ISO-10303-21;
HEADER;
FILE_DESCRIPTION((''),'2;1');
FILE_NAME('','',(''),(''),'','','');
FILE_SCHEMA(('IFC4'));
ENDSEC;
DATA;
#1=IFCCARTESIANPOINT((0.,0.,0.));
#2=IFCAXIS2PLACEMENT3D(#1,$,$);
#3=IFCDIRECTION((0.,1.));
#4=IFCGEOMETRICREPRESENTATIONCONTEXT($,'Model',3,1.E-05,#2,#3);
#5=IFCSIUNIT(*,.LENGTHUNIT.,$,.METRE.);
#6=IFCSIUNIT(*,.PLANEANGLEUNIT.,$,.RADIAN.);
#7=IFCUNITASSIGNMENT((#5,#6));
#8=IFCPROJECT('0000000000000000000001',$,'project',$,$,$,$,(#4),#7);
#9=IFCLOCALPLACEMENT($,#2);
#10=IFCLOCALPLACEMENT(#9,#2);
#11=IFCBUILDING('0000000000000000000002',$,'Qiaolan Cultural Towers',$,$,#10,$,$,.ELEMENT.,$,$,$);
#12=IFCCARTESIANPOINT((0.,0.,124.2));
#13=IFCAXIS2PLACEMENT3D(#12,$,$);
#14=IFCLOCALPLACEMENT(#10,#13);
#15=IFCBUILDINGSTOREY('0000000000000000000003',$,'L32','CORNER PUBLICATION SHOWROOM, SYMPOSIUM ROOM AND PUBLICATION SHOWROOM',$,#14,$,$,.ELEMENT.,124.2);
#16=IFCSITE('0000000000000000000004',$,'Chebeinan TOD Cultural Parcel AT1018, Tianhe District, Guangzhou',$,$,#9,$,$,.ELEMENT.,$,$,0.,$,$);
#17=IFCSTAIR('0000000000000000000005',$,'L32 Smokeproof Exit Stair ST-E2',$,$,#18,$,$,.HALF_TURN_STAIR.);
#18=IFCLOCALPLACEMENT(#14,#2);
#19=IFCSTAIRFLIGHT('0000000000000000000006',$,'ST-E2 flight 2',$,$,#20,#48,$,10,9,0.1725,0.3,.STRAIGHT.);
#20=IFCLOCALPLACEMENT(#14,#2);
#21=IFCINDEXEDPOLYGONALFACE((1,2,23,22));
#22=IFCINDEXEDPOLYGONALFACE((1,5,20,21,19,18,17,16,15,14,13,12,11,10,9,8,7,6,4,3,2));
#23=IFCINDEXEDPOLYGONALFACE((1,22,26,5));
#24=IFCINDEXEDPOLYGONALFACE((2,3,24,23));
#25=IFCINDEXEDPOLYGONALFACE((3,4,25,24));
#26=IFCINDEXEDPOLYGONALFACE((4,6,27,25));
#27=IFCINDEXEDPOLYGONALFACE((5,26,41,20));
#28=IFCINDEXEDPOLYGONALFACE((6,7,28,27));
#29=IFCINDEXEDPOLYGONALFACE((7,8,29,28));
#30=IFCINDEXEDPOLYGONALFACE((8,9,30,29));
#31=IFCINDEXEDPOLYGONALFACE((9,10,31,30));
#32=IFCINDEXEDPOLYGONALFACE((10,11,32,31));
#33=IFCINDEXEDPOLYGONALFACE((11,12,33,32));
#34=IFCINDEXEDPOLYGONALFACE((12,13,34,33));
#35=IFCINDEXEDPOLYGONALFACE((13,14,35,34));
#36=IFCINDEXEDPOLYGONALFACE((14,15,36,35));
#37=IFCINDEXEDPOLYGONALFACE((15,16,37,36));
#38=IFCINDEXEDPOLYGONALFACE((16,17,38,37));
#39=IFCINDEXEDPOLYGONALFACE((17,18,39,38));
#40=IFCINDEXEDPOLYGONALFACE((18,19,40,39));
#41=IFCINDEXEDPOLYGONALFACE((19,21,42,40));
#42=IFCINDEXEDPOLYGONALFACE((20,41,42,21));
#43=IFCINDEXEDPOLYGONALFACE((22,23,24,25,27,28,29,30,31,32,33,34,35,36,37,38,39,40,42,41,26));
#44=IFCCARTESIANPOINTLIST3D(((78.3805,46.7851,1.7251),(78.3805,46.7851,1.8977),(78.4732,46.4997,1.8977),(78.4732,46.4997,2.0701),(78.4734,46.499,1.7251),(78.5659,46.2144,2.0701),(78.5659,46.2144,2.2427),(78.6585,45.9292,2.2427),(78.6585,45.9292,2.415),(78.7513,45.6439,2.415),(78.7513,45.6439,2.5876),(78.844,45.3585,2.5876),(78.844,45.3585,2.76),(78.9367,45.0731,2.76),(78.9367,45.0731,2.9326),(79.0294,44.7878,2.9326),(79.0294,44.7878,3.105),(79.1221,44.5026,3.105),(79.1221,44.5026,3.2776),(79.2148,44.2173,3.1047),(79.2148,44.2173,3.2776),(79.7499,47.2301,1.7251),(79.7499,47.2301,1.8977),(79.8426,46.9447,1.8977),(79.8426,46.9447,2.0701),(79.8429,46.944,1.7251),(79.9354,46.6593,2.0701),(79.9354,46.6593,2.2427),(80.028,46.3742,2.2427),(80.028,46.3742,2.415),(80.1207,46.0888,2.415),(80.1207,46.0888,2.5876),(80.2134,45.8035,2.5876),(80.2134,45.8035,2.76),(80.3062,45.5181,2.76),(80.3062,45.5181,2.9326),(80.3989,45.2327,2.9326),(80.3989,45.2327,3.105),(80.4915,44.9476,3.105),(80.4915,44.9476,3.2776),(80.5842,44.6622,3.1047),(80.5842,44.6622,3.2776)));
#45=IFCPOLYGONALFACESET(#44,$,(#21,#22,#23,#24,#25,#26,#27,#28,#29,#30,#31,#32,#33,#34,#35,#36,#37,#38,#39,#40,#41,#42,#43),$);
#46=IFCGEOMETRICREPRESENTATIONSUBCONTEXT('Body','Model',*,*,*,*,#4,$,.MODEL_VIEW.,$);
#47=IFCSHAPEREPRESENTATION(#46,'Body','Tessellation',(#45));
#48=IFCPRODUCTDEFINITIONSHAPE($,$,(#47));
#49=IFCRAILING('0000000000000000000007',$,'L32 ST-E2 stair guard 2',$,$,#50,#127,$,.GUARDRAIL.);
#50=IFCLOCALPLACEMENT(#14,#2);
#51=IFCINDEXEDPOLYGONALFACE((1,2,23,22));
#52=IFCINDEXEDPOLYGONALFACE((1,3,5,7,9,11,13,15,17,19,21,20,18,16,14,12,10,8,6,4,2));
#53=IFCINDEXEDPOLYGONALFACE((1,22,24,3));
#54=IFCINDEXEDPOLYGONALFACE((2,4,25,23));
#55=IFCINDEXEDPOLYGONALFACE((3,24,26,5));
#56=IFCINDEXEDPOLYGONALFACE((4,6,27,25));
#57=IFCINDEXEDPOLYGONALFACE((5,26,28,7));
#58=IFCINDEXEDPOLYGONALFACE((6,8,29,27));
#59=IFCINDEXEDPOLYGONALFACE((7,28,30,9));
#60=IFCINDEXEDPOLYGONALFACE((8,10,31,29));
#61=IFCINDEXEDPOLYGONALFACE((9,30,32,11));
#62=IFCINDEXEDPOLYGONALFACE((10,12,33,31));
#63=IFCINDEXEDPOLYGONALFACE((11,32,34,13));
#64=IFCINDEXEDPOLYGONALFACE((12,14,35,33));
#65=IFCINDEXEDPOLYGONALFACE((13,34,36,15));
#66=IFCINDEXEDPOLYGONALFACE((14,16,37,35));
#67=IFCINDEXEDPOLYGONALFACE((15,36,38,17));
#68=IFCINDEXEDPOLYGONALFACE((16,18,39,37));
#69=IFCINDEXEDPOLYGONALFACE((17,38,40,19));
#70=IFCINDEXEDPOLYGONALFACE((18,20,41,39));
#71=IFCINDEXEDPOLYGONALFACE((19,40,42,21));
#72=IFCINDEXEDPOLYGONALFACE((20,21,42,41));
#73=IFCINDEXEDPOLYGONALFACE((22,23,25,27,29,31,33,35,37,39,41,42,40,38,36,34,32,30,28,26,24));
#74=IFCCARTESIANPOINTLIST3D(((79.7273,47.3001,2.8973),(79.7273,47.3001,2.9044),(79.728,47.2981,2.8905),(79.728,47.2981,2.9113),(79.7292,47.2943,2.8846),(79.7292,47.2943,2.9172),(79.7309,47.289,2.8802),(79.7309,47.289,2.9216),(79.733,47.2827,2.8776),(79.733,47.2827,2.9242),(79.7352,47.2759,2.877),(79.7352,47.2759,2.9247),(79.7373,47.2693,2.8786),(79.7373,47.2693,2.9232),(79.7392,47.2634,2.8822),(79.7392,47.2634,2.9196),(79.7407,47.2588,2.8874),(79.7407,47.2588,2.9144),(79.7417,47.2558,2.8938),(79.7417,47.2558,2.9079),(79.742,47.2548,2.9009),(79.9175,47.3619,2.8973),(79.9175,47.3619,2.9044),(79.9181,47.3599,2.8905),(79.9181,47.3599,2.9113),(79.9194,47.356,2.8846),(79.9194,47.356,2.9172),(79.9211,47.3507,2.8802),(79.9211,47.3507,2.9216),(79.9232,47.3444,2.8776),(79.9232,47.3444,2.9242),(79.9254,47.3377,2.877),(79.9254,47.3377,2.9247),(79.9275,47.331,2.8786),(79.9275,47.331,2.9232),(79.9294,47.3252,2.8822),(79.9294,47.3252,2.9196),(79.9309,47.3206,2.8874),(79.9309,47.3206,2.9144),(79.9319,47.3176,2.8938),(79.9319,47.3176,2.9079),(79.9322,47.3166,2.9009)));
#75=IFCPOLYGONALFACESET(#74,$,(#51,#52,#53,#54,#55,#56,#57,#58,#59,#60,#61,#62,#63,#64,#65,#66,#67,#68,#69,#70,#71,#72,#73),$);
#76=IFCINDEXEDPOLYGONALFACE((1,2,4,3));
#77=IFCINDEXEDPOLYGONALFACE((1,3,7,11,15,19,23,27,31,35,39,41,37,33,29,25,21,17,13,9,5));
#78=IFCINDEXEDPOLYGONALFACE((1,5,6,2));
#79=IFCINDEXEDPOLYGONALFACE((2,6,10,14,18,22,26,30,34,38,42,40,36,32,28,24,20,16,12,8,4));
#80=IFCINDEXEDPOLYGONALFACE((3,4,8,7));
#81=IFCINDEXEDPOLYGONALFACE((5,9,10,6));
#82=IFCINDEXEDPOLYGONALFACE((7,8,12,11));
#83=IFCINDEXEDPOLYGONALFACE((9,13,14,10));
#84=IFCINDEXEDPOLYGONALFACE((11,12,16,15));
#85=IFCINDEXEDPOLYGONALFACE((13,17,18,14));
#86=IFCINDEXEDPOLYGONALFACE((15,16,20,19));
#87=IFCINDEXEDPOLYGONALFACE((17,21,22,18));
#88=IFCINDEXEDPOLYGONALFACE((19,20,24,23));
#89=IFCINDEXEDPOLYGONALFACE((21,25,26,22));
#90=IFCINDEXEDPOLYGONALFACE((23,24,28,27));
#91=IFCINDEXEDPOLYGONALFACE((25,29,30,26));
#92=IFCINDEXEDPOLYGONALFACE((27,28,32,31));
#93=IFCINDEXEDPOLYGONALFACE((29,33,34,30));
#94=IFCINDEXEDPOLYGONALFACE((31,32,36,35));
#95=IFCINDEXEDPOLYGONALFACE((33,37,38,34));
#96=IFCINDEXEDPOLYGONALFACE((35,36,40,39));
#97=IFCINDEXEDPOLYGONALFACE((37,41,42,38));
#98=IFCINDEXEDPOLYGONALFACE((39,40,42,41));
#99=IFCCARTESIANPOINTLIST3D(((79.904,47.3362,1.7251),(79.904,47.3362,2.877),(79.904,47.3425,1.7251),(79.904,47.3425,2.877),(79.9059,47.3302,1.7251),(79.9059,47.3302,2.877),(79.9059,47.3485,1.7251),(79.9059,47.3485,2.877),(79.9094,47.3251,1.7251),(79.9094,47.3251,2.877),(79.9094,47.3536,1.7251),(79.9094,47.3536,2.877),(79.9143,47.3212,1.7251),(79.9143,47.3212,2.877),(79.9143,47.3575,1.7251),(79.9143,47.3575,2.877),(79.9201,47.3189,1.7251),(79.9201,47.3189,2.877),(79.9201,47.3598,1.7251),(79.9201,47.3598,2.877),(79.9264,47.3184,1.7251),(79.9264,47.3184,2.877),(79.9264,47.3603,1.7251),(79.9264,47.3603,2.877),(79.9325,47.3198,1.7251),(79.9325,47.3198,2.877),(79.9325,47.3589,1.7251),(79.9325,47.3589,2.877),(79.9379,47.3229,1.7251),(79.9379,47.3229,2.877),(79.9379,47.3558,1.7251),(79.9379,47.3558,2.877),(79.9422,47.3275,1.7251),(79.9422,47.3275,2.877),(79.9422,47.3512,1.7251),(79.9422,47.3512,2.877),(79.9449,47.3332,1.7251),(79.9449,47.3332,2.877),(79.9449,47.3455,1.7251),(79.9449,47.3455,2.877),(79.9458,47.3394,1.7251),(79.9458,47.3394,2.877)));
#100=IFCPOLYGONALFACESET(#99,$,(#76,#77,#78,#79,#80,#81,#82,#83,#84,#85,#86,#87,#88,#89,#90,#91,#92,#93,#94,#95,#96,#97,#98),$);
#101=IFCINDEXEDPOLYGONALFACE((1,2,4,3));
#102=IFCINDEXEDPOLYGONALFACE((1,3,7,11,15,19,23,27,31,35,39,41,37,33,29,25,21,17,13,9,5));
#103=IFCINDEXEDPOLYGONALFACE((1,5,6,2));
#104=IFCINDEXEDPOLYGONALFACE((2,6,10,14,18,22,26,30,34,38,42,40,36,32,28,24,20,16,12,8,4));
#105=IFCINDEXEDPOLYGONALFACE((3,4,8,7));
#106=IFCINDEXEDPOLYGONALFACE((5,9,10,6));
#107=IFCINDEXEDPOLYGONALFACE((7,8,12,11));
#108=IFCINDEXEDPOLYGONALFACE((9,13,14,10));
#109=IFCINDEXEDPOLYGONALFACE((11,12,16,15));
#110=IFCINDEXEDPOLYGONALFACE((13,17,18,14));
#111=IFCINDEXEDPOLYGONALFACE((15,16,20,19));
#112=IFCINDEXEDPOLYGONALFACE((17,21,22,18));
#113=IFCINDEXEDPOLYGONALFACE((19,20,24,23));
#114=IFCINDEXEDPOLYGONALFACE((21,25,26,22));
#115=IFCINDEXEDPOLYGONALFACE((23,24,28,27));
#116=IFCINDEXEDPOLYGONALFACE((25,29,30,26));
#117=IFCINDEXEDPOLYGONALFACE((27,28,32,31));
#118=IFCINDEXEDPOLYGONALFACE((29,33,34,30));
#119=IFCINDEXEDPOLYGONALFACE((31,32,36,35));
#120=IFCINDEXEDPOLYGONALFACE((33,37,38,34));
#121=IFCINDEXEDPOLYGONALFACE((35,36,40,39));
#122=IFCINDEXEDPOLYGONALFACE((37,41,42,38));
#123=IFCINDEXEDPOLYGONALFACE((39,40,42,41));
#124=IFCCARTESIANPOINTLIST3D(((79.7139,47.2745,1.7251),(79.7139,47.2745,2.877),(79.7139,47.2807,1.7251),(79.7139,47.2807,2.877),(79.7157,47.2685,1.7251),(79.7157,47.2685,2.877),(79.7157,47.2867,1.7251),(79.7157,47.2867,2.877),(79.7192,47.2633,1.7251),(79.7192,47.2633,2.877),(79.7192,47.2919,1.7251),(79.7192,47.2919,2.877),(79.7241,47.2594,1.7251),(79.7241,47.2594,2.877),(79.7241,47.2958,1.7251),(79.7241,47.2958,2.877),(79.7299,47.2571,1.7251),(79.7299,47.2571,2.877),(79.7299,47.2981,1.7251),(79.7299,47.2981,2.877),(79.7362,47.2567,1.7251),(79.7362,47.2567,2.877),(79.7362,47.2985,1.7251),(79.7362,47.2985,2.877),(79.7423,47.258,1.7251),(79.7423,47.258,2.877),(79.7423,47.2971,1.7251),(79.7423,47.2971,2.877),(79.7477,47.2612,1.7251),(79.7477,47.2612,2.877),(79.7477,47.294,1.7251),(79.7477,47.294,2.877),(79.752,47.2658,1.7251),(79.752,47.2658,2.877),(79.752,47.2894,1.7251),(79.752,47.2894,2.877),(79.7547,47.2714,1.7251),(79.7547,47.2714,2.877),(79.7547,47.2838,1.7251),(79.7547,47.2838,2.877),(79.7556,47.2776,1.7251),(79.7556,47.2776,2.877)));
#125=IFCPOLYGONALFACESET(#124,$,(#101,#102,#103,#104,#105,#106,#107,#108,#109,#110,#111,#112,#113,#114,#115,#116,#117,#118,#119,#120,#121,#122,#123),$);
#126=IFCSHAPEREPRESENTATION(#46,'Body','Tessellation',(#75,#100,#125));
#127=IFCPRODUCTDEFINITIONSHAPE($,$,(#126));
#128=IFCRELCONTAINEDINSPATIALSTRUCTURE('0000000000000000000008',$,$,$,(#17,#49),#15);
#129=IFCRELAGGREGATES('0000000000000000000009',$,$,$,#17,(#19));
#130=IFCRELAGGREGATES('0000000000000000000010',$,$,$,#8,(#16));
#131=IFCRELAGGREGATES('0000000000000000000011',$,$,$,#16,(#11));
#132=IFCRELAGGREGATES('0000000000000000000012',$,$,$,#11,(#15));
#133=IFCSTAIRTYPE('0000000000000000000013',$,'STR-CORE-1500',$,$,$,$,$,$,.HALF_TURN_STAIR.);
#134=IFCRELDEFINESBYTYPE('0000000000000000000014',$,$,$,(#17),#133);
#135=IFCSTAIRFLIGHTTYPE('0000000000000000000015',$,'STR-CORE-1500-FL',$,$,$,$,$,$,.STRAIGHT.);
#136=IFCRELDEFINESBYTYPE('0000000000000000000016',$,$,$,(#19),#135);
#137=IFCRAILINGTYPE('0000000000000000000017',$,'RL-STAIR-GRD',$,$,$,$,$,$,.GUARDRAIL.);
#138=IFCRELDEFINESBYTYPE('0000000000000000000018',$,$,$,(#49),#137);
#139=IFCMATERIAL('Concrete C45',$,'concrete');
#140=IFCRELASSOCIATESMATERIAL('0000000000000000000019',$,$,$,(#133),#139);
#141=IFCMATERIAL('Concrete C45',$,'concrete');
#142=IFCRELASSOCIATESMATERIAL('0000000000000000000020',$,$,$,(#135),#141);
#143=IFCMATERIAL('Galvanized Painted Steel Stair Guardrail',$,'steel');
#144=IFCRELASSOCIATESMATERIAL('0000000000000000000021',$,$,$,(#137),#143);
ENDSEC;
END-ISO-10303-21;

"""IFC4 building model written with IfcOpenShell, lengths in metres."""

from ifc_helpers import new_model, si_unit, direction, frame, origin, origin_2d, place, context, subcontext, project, spatial, polyline, circle, outline, extrude, material, type_object, element, aggregate, save


model = new_model("IFC4")

# Units and contexts
model_context = context("Model", 3, precision=1e-05, world=origin(), true_north=direction((0.0, 1.0)))
body_context = subcontext(model_context, "Body", "Model", "MODEL_VIEW")
ifc_project = project(units=[si_unit("LENGTHUNIT", "METRE"), si_unit("PLANEANGLEUNIT", "RADIAN")], contexts=[model_context])

# Site, building, storey
site_placement = place(None, origin())
site = spatial("IfcSite", under=ifc_project, at=site_placement, Name="Chebeinan TOD Cultural Parcel AT1018, Tianhe District, Guangzhou", CompositionType="ELEMENT", RefElevation=0.0)
building_placement = place(site_placement, origin())
building = spatial("IfcBuilding", under=site, at=building_placement, Name="Qiaolan Cultural Towers", CompositionType="ELEMENT")
storey_placement = place(building_placement, frame((0.0, 0.0, 124.2)))
storey = spatial("IfcBuildingStorey", under=building, at=storey_placement, Name="L32", Description="CORNER PUBLICATION SHOWROOM, SYMPOSIUM ROOM AND PUBLICATION SHOWROOM", CompositionType="ELEMENT", Elevation=124.2)

# Stair, stair flight
ifc_material_1 = material(Name="Concrete C45", Category="concrete")
stair_type = type_object("IfcStairType", Name="STR-CORE-1500", PredefinedType="HALF_TURN_STAIR", material=ifc_material_1)
stair_placement = place(storey_placement, origin())
stair = element("IfcStair", 1, at=stair_placement, inside=storey, type_object=stair_type, Name="L32 Smokeproof Exit Stair ST-E2", PredefinedType="HALF_TURN_STAIR")
ifc_material_2 = material(Name="Concrete C45", Category="concrete")
stair_flight_type = type_object("IfcStairFlightType", Name="STR-CORE-1500-FL", PredefinedType="STRAIGHT", material=ifc_material_2)
stair_flight_placement = place(storey_placement, frame((79.0652, 47.0076, 1.7251), z_axis=(0.0, 0.0, 1.0), x_axis=(0.309017, -0.951057, 0.0)))
stair_flight = element("IfcStairFlight", 2, at=stair_flight_placement, type_object=stair_flight_type, Name="ST-E2 flight 2", NumberOfRisers=10, NumberOfTreads=9, PredefinedType="STRAIGHT", RiserHeight=0.1725, TreadLength=0.3, context=body_context, shape_type="SweptSolid", body=[
    extrude(outline(polyline([(0.0, 0.0), (0.0, 0.1726), (0.3, 0.1726), (0.3, 0.345), (0.6001, 0.345), (0.6001, 0.5176), (0.8999, 0.5176), (0.8999, 0.6899), (1.2, 0.6899), (1.2, 0.8625), (1.5, 0.8625), (1.5, 1.0349), (1.8, 1.0349), (1.8, 1.2075), (2.1001, 1.2075), (2.1001, 1.3799), (2.3999, 1.3799), (2.3999, 1.5525), (2.7, 1.5525), (2.7, 1.7251), (2.7, 1.3796), (0.3008, 0.0), (0.0, 0.0)])), frame((0.0, 0.72, 0.0), z_axis=(0.0, -1.0, 0.0), x_axis=(1.0, 0.0, 0.0)), (0.0, 0.0, 1.0), 1.4399),
])
aggregate(stair, [stair_flight])

# Railing
ifc_material_3 = material(Name="Galvanized Painted Steel Stair Guardrail", Category="steel")
railing_type_1 = type_object("IfcRailingType", Name="RL-STAIR-GRD", PredefinedType="GUARDRAIL", material=ifc_material_3)
railing_1_placement = place(storey_placement, frame((79.9248, 47.3394, 1.7251)))
element("IfcRailing", 3, at=railing_1_placement, inside=storey, type_object=railing_type_1, Name="L32 ST-E2 stair guard 2", PredefinedType="GUARDRAIL", context=body_context, shape_type="SweptSolid", body=[
    extrude(circle(Radius=0.0239, at=origin_2d()), frame((0.0, 0.0, 1.1758), z_axis=(-0.951097, -0.308893, 0.0), x_axis=(0.308893, -0.951097, 0.0)), (0.0, 0.0, 1.0), 0.2),
    extrude(circle(Radius=0.021, at=origin_2d()), origin(), (0.0, 0.0, 1.0), 1.1519),
    extrude(circle(Radius=0.021, at=origin_2d()), frame((-0.1902, -0.0618, 0.0)), (0.0, 0.0, 1.0), 1.1519),
])

save(model, "model.ifc")
